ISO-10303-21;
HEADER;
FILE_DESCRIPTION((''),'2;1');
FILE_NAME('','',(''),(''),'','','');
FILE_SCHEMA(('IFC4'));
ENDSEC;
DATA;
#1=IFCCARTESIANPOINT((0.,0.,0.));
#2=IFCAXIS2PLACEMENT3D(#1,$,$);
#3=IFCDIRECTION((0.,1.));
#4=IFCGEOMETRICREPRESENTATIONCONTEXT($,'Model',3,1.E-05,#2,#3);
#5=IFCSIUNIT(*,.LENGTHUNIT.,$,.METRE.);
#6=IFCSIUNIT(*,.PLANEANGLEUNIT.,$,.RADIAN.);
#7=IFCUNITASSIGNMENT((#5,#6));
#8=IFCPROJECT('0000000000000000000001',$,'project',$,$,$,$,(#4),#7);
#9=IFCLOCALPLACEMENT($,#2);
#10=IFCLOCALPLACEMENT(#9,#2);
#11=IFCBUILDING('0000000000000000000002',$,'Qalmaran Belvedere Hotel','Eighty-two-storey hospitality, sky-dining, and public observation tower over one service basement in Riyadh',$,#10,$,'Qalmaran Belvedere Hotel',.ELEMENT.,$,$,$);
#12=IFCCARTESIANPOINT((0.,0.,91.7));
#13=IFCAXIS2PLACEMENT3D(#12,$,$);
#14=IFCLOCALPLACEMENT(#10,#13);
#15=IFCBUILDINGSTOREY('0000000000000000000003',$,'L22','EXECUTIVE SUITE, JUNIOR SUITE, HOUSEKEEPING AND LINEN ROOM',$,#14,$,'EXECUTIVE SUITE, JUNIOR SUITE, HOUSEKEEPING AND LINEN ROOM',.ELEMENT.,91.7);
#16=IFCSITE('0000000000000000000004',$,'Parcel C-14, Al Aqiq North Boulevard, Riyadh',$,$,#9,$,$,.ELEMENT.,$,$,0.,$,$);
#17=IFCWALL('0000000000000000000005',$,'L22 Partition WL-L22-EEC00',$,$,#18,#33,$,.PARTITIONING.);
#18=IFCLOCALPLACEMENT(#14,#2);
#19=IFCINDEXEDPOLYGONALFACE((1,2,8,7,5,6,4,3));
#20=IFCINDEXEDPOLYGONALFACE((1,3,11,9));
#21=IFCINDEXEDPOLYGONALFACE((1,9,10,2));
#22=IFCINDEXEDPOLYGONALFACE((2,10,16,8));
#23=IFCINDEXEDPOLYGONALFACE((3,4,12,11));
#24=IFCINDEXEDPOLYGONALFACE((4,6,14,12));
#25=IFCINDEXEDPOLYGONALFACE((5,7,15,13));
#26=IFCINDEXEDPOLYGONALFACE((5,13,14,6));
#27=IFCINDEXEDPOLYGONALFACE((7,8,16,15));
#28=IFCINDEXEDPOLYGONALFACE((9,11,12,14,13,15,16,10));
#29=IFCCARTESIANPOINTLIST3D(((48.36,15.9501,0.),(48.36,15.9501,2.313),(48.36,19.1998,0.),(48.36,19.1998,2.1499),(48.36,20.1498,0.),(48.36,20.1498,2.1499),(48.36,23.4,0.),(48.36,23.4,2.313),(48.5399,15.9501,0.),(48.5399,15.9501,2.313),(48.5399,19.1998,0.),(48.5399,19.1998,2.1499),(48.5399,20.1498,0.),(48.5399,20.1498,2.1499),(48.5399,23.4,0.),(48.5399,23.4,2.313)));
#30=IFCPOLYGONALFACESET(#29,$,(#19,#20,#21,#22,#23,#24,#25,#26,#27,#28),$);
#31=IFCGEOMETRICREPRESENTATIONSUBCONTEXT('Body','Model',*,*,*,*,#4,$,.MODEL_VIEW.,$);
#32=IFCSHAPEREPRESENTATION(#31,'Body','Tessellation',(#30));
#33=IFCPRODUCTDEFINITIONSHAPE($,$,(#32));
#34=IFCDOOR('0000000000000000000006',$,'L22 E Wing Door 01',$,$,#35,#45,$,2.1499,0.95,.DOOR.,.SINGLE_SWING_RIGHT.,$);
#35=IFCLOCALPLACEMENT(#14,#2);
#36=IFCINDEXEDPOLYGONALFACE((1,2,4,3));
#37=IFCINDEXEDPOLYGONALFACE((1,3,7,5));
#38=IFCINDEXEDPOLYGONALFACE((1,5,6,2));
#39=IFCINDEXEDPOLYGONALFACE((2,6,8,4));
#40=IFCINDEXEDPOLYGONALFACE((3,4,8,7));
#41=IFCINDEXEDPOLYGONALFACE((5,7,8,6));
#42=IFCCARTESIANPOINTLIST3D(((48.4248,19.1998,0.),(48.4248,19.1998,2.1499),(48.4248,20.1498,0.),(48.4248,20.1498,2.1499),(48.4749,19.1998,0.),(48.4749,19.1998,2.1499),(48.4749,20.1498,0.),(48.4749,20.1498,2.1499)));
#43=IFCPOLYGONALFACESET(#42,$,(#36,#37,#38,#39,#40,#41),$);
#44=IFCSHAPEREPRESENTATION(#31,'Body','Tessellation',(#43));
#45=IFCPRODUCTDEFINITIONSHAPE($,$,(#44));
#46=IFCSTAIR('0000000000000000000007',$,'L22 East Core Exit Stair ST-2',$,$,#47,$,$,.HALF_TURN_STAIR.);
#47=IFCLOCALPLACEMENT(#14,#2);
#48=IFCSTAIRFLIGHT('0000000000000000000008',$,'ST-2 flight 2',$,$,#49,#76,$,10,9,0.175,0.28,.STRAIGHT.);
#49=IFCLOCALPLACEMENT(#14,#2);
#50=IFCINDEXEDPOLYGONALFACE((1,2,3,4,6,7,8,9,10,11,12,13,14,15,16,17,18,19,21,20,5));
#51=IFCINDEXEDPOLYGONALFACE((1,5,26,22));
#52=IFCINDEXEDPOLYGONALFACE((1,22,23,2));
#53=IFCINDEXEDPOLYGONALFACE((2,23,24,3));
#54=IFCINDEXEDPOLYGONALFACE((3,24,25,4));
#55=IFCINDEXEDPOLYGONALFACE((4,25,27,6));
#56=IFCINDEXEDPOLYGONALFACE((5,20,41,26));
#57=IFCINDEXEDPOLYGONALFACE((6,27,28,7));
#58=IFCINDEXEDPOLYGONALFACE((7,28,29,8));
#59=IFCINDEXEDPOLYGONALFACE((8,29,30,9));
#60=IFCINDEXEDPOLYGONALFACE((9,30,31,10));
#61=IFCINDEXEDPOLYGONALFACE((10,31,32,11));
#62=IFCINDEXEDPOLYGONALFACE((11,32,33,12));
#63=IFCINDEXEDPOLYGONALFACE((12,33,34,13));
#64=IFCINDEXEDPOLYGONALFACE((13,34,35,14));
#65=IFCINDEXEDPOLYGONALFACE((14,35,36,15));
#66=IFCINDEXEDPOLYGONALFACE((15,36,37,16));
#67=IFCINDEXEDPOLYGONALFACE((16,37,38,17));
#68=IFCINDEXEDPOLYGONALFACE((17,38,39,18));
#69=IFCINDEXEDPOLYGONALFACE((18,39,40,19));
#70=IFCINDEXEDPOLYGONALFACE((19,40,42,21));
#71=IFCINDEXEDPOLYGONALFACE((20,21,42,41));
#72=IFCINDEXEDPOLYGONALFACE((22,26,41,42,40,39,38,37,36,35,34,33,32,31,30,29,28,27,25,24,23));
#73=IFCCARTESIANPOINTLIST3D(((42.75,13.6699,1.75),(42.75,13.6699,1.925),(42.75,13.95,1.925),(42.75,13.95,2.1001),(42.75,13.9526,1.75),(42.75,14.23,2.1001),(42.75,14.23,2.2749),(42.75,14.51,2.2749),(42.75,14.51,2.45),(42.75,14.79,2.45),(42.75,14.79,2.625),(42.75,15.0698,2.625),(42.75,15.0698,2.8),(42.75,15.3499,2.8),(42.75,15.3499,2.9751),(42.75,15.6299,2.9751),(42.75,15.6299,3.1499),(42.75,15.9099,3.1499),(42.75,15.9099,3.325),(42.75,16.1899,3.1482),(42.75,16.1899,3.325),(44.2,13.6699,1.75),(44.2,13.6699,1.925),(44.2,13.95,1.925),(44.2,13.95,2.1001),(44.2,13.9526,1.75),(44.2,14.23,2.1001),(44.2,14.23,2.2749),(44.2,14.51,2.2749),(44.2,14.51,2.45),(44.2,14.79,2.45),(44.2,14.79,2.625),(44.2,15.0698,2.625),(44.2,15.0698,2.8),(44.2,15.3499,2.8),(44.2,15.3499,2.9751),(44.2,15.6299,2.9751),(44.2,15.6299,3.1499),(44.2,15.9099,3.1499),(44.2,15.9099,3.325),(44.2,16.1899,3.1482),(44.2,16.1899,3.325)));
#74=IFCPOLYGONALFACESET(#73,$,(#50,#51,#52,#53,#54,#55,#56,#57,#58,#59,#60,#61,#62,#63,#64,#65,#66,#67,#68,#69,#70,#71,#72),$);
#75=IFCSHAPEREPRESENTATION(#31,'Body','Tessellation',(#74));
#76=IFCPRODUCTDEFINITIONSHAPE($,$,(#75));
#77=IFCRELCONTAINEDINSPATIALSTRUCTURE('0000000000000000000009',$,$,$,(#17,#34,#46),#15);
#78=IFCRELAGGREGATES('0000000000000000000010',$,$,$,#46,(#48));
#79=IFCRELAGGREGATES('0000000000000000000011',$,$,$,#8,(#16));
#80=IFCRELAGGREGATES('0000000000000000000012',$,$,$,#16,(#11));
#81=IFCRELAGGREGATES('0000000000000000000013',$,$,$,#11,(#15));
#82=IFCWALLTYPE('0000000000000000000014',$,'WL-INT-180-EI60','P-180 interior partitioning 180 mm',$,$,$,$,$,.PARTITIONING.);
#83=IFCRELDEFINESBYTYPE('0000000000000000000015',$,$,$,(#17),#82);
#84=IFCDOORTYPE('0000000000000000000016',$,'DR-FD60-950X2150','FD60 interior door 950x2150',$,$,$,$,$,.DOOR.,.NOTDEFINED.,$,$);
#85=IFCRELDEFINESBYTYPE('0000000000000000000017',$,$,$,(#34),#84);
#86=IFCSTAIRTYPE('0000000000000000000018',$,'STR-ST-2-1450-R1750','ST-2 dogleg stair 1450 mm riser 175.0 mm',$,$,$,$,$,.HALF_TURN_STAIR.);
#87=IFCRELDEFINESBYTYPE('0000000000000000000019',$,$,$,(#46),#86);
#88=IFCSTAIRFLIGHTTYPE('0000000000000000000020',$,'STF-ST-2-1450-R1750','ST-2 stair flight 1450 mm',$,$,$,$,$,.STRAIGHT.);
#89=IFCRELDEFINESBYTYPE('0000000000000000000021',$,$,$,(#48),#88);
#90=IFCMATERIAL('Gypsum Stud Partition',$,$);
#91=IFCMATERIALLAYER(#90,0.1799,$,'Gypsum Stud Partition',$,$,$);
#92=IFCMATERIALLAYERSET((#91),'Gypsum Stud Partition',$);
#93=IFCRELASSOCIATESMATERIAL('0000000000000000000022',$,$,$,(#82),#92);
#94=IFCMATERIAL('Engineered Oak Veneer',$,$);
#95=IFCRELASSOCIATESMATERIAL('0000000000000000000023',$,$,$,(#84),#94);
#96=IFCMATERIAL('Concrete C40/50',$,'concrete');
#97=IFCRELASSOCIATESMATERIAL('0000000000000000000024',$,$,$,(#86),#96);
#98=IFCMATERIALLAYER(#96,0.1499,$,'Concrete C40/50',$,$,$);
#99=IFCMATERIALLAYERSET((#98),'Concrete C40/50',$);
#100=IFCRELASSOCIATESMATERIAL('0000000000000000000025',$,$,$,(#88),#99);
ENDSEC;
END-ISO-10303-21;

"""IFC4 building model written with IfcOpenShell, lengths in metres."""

from ifc_helpers import new_model, si_unit, direction, frame, frame_2d, origin, place, context, subcontext, project, spatial, polyline, rectangle, outline, extrude, material, layer, layer_set, type_object, element, fill, aggregate, save


model = new_model("IFC4")

# Units and contexts
model_context = context("Model", 3, precision=1e-05, world=origin(), true_north=direction((0.0, 1.0)))
body_context = subcontext(model_context, "Body", "Model", "MODEL_VIEW")
ifc_project = project(units=[si_unit("LENGTHUNIT", "METRE"), si_unit("PLANEANGLEUNIT", "RADIAN")], contexts=[model_context])

# Site, building, storey
site_placement = place(None, origin())
site = spatial("IfcSite", under=ifc_project, at=site_placement, Name="Parcel C-14, Al Aqiq North Boulevard, Riyadh", CompositionType="ELEMENT", RefElevation=0.0)
building_placement = place(site_placement, origin())
building = spatial("IfcBuilding", under=site, at=building_placement, Name="Qalmaran Belvedere Hotel", Description="Eighty-two-storey hospitality, sky-dining, and public observation tower over one service basement in Riyadh", LongName="Qalmaran Belvedere Hotel", CompositionType="ELEMENT")
storey_placement = place(building_placement, frame((0.0, 0.0, 91.7)))
storey = spatial("IfcBuildingStorey", under=building, at=storey_placement, Name="L22", Description="EXECUTIVE SUITE, JUNIOR SUITE, HOUSEKEEPING AND LINEN ROOM", LongName="EXECUTIVE SUITE, JUNIOR SUITE, HOUSEKEEPING AND LINEN ROOM", CompositionType="ELEMENT", Elevation=91.7)

# Shared definitions
ifc_material_1 = material(Name="Engineered Oak Veneer")

# Shared definitions
ifc_material_2 = material(Name="Gypsum Stud Partition")

# Shared definitions
ifc_layer_1 = layer(ifc_material_2, 0.1799, Name="Gypsum Stud Partition")
ifc_layer_set_1 = layer_set([ifc_layer_1], Name="Gypsum Stud Partition")
wall_type_1 = type_object("IfcWallType", Name="WL-INT-180-EI60", Description="P-180 interior partitioning 180 mm", PredefinedType="PARTITIONING", material=ifc_layer_set_1)

# Wall, opening, door
wall_1_placement = place(storey_placement, frame((48.45, 15.95, 0.0), z_axis=(0.0, 0.0, 1.0), x_axis=(0.0, 1.0, 0.0)))
wall_1 = element("IfcWall", 1, at=wall_1_placement, inside=storey, type_object=wall_type_1, Name="L22 Partition WL-L22-EEC00", PredefinedType="PARTITIONING", context=body_context, shape_type="SweptSolid", body=[
    extrude(rectangle(XDim=7.45, YDim=0.1799, at=frame_2d((3.7251, 0.0))), origin(), (0.0, 0.0, 1.0), 2.313),
])
opening_1_placement = place(wall_1_placement, frame((4.2, 0.0, 0.0), z_axis=(0.0, 0.0, 1.0), x_axis=(-1.0, 0.0, 0.0)))
opening_1 = element("IfcOpeningElement", 2, at=opening_1_placement, cuts=wall_1, PredefinedType="OPENING", context=body_context, shape_type="SweptSolid", body=[
    extrude(rectangle(XDim=0.95, YDim=2.1499, at=frame_2d((0.4751, 1.075))), frame((0.0, 0.1001, 0.0), z_axis=(0.0, -1.0, 0.0), x_axis=(1.0, 0.0, 0.0)), (0.0, 0.0, 1.0), 0.2),
])
door_type_1 = type_object("IfcDoorType", Name="DR-FD60-950X2150", Description="FD60 interior door 950x2150", OperationType="NOTDEFINED", PredefinedType="DOOR", material=ifc_material_1)
door_1_placement = place(opening_1_placement, origin())
door_1 = element("IfcDoor", 3, at=door_1_placement, inside=storey, type_object=door_type_1, Name="L22 E Wing Door 01", OperationType="SINGLE_SWING_RIGHT", OverallHeight=2.1499, OverallWidth=0.95, PredefinedType="DOOR", context=body_context, shape_type="SweptSolid", body=[
    extrude(rectangle(XDim=0.95, YDim=2.1499, at=frame_2d((0.4751, 1.075))), frame((0.0, 0.0249, 0.0), z_axis=(0.0, -1.0, 0.0), x_axis=(1.0, 0.0, 0.0)), (0.0, 0.0, 1.0), 0.05),
])
fill(opening_1, door_1)

# Stair, stair flight
ifc_material_3 = material(Name="Concrete C40/50", Category="concrete")
stair_type = type_object("IfcStairType", Name="STR-ST-2-1450-R1750", Description="ST-2 dogleg stair 1450 mm riser 175.0 mm", PredefinedType="HALF_TURN_STAIR", material=ifc_material_3)
stair_placement = place(storey_placement, origin())
stair = element("IfcStair", 4, at=stair_placement, inside=storey, type_object=stair_type, Name="L22 East Core Exit Stair ST-2", PredefinedType="HALF_TURN_STAIR")
ifc_layer_2 = layer(ifc_material_3, 0.1499, Name="Concrete C40/50")
ifc_layer_set_2 = layer_set([ifc_layer_2], Name="Concrete C40/50")
stair_flight_type = type_object("IfcStairFlightType", Name="STF-ST-2-1450-R1750", Description="ST-2 stair flight 1450 mm", PredefinedType="STRAIGHT", material=ifc_layer_set_2)
stair_flight_placement = place(storey_placement, frame((43.4751, 13.6699, 1.75), z_axis=(0.0, 0.0, 1.0), x_axis=(0.0, 1.0, 0.0)))
stair_flight = element("IfcStairFlight", 5, at=stair_flight_placement, type_object=stair_flight_type, Name="ST-2 flight 2", NumberOfRisers=10, NumberOfTreads=9, PredefinedType="STRAIGHT", RiserHeight=0.175, TreadLength=0.28, context=body_context, shape_type="SweptSolid", body=[
    extrude(outline(polyline([(0.0, 0.0), (0.0, 0.175), (0.28, 0.175), (0.28, 0.3501), (0.5601, 0.3501), (0.5601, 0.5249), (0.8401, 0.5249), (0.8401, 0.7), (1.1201, 0.7), (1.1201, 0.875), (1.3999, 0.875), (1.3999, 1.05), (1.6799, 1.05), (1.6799, 1.2251), (1.96, 1.2251), (1.96, 1.3999), (2.24, 1.3999), (2.24, 1.575), (2.52, 1.575), (2.52, 1.75), (2.52, 1.3982), (0.2827, 0.0), (0.0, 0.0)])), frame((0.0, 0.7251, 0.0), z_axis=(0.0, -1.0, 0.0), x_axis=(1.0, 0.0, 0.0)), (0.0, 0.0, 1.0), 1.45),
])
aggregate(stair, [stair_flight])

save(model, "model.ifc")
